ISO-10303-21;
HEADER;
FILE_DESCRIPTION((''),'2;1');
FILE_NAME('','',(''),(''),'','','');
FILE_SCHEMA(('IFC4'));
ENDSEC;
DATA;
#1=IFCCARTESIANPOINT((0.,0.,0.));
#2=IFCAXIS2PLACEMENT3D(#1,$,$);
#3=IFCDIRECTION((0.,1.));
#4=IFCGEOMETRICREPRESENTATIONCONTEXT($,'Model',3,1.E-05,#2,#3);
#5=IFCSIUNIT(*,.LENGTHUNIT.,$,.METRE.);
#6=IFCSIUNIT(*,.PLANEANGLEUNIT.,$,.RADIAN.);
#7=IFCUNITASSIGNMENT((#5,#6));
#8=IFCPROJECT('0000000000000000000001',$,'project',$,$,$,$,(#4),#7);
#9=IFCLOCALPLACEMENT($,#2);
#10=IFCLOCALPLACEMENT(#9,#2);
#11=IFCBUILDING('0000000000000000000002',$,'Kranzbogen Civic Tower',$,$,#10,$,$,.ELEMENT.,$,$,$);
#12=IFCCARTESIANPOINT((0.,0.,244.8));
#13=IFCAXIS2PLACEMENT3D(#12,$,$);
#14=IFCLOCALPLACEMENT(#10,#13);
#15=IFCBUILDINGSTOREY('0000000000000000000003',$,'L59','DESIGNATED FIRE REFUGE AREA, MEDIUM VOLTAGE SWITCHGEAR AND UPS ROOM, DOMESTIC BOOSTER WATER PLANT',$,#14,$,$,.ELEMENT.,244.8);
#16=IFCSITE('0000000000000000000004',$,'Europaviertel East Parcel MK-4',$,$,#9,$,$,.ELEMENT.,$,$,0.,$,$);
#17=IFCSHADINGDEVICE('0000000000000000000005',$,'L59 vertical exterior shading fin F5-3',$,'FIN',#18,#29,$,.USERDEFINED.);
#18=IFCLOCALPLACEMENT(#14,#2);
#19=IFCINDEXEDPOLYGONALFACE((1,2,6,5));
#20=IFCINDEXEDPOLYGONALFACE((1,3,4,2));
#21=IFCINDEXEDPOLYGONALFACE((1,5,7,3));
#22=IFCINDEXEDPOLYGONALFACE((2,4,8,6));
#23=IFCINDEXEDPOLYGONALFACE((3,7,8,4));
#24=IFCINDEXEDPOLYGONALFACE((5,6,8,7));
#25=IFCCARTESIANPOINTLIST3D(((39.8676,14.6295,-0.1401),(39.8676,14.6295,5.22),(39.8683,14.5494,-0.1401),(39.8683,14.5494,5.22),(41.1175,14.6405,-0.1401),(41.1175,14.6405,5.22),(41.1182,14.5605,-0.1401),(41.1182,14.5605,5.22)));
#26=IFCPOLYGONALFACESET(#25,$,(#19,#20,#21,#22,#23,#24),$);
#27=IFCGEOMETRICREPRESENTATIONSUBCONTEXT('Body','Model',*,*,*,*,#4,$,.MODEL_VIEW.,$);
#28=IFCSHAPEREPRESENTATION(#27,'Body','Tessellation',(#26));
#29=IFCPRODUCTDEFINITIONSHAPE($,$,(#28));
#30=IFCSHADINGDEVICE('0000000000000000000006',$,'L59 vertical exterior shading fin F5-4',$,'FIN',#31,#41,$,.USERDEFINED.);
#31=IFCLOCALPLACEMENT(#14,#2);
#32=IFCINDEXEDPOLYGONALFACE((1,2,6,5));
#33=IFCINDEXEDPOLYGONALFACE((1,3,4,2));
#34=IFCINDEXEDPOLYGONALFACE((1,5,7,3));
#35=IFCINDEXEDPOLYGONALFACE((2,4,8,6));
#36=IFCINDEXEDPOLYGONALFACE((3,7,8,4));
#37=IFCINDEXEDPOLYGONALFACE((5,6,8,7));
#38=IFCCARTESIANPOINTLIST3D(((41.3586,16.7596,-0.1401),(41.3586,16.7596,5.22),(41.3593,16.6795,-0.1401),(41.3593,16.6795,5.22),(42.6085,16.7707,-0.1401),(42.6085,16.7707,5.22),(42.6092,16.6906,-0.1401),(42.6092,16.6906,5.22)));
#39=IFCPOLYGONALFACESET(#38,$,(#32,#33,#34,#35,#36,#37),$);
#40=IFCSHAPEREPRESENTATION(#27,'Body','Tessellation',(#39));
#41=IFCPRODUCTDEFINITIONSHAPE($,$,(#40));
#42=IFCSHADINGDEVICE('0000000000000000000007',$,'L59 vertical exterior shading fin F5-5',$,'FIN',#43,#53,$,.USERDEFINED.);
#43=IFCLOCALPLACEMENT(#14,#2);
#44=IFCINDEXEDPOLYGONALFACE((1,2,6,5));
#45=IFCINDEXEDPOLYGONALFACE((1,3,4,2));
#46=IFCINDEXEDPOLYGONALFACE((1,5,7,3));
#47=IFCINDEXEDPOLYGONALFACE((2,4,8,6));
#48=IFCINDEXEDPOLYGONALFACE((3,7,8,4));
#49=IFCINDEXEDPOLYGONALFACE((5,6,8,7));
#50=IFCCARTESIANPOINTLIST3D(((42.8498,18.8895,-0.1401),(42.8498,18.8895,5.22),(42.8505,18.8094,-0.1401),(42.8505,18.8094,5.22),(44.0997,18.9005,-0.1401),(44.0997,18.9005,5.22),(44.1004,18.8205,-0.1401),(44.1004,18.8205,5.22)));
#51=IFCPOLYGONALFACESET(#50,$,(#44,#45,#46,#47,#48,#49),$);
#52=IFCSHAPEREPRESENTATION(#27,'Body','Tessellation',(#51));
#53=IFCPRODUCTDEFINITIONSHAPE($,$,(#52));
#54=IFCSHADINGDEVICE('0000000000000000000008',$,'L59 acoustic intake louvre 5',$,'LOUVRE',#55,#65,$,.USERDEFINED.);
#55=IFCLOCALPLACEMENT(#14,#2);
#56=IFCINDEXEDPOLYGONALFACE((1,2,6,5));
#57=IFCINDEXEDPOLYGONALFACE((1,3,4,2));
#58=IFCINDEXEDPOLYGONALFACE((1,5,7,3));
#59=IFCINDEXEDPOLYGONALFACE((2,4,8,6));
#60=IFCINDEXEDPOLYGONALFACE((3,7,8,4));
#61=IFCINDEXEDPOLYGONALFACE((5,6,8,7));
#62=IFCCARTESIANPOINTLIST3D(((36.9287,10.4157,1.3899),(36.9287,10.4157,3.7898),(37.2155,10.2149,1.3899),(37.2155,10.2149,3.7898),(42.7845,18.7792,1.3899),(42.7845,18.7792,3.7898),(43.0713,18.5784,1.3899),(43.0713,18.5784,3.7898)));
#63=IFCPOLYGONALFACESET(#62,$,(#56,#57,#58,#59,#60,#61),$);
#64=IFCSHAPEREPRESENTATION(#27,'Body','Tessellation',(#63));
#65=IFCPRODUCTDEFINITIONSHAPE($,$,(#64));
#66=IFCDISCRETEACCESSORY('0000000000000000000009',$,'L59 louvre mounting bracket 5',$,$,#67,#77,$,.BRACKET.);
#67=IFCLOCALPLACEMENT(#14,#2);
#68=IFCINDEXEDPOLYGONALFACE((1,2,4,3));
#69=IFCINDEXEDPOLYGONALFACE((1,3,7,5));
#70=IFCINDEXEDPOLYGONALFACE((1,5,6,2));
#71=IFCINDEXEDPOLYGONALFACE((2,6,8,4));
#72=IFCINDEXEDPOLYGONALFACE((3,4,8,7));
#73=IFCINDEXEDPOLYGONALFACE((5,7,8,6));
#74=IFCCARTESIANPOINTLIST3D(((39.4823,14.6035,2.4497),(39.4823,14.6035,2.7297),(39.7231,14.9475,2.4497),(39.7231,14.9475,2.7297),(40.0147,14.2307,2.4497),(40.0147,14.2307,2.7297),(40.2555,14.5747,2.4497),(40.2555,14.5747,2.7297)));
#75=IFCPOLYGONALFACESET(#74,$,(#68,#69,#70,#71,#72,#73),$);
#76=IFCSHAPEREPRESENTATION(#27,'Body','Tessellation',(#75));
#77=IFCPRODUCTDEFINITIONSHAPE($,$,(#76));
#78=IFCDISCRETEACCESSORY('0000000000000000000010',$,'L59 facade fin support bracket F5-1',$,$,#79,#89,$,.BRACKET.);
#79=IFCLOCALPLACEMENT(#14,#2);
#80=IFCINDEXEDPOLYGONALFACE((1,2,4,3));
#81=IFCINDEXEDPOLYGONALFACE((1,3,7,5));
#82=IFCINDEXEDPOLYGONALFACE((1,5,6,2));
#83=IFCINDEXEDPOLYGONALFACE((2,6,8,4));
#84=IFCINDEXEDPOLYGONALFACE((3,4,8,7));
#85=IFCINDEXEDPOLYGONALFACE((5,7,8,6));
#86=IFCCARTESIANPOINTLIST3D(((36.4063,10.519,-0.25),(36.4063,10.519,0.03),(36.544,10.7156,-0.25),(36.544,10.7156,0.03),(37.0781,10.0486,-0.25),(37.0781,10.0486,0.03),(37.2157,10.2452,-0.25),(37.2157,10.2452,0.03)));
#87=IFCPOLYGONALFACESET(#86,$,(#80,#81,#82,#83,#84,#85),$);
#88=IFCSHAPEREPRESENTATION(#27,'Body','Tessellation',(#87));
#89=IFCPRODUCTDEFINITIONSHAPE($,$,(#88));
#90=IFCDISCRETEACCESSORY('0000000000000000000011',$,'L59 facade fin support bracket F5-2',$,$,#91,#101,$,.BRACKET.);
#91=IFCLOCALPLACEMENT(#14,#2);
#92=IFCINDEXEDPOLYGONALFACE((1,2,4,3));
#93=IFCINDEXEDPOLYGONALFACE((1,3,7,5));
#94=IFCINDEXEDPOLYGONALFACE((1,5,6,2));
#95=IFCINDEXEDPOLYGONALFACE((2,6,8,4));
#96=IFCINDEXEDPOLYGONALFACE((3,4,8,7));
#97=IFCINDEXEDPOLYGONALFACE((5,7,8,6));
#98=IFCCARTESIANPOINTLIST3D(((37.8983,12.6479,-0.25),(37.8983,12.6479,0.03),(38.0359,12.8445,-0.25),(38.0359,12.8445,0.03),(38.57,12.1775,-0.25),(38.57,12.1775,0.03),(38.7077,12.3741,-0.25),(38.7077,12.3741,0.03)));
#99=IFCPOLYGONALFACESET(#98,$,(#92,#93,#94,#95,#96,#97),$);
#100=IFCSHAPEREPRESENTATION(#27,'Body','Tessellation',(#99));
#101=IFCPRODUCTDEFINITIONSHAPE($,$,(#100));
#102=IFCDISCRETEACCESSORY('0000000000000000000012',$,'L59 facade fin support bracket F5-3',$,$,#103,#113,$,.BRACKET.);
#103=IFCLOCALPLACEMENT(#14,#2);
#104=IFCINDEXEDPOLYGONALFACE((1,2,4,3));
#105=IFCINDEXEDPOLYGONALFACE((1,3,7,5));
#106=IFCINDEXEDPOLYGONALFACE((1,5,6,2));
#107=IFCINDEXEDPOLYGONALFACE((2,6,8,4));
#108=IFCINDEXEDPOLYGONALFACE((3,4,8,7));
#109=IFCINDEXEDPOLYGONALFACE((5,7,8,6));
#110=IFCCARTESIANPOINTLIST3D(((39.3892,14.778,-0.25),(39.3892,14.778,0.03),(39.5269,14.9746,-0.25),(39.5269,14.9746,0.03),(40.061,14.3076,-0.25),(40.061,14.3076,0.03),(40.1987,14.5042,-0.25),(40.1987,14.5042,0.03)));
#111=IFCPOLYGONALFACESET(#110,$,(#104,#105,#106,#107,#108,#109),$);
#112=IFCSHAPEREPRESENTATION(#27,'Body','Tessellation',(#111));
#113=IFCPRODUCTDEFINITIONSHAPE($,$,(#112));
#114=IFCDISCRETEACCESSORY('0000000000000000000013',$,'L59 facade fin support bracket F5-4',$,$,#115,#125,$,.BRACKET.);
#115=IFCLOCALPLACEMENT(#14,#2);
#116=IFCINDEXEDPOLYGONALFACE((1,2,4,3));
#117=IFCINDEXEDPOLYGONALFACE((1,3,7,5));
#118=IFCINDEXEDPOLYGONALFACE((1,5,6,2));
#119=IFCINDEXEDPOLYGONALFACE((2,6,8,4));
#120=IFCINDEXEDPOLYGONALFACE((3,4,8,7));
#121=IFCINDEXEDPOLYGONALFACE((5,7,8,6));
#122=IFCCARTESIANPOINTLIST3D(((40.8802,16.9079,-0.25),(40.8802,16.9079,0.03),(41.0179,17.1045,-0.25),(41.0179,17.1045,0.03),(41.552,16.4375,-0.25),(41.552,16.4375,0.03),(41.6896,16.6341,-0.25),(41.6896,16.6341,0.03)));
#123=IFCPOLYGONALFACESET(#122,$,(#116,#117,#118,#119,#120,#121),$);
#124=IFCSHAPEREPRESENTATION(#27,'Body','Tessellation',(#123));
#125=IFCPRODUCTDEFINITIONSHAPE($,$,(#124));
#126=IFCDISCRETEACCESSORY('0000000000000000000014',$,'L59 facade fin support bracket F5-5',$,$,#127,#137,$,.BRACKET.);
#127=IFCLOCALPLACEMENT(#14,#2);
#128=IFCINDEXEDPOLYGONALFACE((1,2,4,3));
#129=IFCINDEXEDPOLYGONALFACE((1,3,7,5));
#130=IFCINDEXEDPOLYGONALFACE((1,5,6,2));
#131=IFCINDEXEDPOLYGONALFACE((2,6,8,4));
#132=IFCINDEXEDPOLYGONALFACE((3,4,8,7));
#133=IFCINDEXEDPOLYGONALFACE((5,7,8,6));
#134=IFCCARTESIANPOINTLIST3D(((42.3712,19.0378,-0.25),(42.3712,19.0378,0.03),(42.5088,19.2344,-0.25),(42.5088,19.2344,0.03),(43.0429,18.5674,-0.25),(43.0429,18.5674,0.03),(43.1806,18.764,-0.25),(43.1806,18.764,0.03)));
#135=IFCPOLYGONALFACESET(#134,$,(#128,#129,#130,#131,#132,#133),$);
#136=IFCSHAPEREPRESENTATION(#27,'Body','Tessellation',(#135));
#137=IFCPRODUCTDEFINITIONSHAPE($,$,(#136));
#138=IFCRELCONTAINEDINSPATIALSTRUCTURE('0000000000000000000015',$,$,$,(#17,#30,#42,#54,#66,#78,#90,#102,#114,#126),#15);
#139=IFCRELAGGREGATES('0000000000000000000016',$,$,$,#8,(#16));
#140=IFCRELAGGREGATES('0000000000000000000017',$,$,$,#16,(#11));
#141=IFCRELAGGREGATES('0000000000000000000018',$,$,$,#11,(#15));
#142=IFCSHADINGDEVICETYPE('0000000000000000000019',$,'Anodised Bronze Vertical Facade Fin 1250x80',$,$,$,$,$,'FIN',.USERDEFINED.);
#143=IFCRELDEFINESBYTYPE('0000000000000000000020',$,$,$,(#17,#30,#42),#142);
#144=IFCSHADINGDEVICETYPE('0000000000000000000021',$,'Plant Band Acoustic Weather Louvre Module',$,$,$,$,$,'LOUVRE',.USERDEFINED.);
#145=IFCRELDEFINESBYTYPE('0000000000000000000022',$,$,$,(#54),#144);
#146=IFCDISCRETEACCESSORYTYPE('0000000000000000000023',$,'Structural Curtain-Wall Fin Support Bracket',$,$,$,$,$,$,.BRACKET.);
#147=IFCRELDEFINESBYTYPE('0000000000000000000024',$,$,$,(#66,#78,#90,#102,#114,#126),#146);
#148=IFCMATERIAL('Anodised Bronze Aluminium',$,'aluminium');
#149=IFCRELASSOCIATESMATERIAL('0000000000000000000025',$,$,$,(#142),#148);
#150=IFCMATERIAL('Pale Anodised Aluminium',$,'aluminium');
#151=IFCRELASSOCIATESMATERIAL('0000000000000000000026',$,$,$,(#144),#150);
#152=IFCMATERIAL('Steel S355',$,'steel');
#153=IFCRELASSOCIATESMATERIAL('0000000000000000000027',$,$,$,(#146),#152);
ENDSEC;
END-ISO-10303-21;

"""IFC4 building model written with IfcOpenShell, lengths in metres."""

from ifc_helpers import new_model, si_unit, direction, frame, origin, origin_2d, place, context, subcontext, project, spatial, rectangle, extrude, material, type_object, element, save


model = new_model("IFC4")

# Units and contexts
model_context = context("Model", 3, precision=1e-05, world=origin(), true_north=direction((0.0, 1.0)))
body_context = subcontext(model_context, "Body", "Model", "MODEL_VIEW")
ifc_project = project(units=[si_unit("LENGTHUNIT", "METRE"), si_unit("PLANEANGLEUNIT", "RADIAN")], contexts=[model_context])

# Site, building, storey
site_placement = place(None, origin())
site = spatial("IfcSite", under=ifc_project, at=site_placement, Name="Europaviertel East Parcel MK-4", CompositionType="ELEMENT", RefElevation=0.0)
building_placement = place(site_placement, origin())
building = spatial("IfcBuilding", under=site, at=building_placement, Name="Kranzbogen Civic Tower", CompositionType="ELEMENT")
storey_placement = place(building_placement, frame((0.0, 0.0, 244.8)))
storey = spatial("IfcBuildingStorey", under=building, at=storey_placement, Name="L59", Description="DESIGNATED FIRE REFUGE AREA, MEDIUM VOLTAGE SWITCHGEAR AND UPS ROOM, DOMESTIC BOOSTER WATER PLANT", CompositionType="ELEMENT", Elevation=244.8)

# Shared definitions
ifc_material_1 = material(Name="Steel S355", Category="steel")

# Shared definitions
ifc_material_2 = material(Name="Pale Anodised Aluminium", Category="aluminium")

# Shading devices
ifc_material_3 = material(Name="Anodised Bronze Aluminium", Category="aluminium")
shading_device_type_1 = type_object("IfcShadingDeviceType", Name="Anodised Bronze Vertical Facade Fin 1250x80", ElementType="FIN", PredefinedType="USERDEFINED", material=ifc_material_3)
for number, where, z_axis, x_axis, name in (
    (1, (40.4929, 14.595, -0.1401), (0.0, 0.0, 1.0), (0.999961, 0.008849, 0.0), "L59 vertical exterior shading fin F5-3"),
    (2, (41.9839, 16.7251, -0.1401), (0.0, 0.0, 1.0), (0.999961, 0.008849, 0.0), "L59 vertical exterior shading fin F5-4"),
    (3, (43.4751, 18.855, -0.1401), (0.0, 0.0, 1.0), (0.999961, 0.008849, 0.0), "L59 vertical exterior shading fin F5-5"),
):
    element("IfcShadingDevice", number, at=place(storey_placement, frame(where, z_axis=z_axis, x_axis=x_axis)), inside=storey, type_object=shading_device_type_1, Name=name, ObjectType="FIN", PredefinedType="USERDEFINED", context=body_context, shape_type="SweptSolid", body=[
        extrude(rectangle(XDim=1.25, YDim=0.0801, at=origin_2d()), origin(), (0.0, 0.0, 1.0), 5.3601),
    ])
shading_device_type_2 = type_object("IfcShadingDeviceType", Name="Plant Band Acoustic Weather Louvre Module", ElementType="LOUVRE", PredefinedType="USERDEFINED", material=ifc_material_2)
shading_device_placement = place(storey_placement, frame((40.0, 14.4971, 1.3899), z_axis=(0.0, 0.0, 1.0), x_axis=(0.573548, 0.819172, 0.0)))
element("IfcShadingDevice", 4, at=shading_device_placement, inside=storey, type_object=shading_device_type_2, Name="L59 acoustic intake louvre 5", ObjectType="LOUVRE", PredefinedType="USERDEFINED", context=body_context, shape_type="SweptSolid", body=[
    extrude(rectangle(XDim=10.2097, YDim=0.3501, at=origin_2d()), origin(), (0.0, 0.0, 1.0), 2.3999),
])

# Discrete accessories
discrete_accessory_type = type_object("IfcDiscreteAccessoryType", Name="Structural Curtain-Wall Fin Support Bracket", PredefinedType="BRACKET", material=ifc_material_1)
discrete_accessory_placement = place(storey_placement, frame((39.8689, 14.5891, 2.4497), z_axis=(0.0, 0.0, 1.0), x_axis=(0.819152, -0.573576, 0.0)))
element("IfcDiscreteAccessory", 5, at=discrete_accessory_placement, inside=storey, type_object=discrete_accessory_type, Name="L59 louvre mounting bracket 5", PredefinedType="BRACKET", context=body_context, shape_type="SweptSolid", body=[
    extrude(rectangle(XDim=0.6499, YDim=0.4199, at=origin_2d()), origin(), (0.0, 0.0, 1.0), 0.28),
])
for number, where, z_axis, x_axis, name in (
    (6, (36.811, 10.3821, -0.25), (0.0, 0.0, 1.0), (0.819152, -0.573576, 0.0), "L59 facade fin support bracket F5-1"),
    (7, (38.303, 12.511, -0.25), (0.0, 0.0, 1.0), (0.819152, -0.573576, 0.0), "L59 facade fin support bracket F5-2"),
    (8, (39.7939, 14.6411, -0.25), (0.0, 0.0, 1.0), (0.819152, -0.573576, 0.0), "L59 facade fin support bracket F5-3"),
    (9, (41.2849, 16.771, -0.25), (0.0, 0.0, 1.0), (0.819152, -0.573576, 0.0), "L59 facade fin support bracket F5-4"),
    (10, (42.7759, 18.9009, -0.25), (0.0, 0.0, 1.0), (0.819152, -0.573576, 0.0), "L59 facade fin support bracket F5-5"),
):
    element("IfcDiscreteAccessory", number, at=place(storey_placement, frame(where, z_axis=z_axis, x_axis=x_axis)), inside=storey, type_object=discrete_accessory_type, Name=name, PredefinedType="BRACKET", context=body_context, shape_type="SweptSolid", body=[
        extrude(rectangle(XDim=0.8201, YDim=0.24, at=origin_2d()), origin(), (0.0, 0.0, 1.0), 0.28),
    ])

save(model, "model.ifc")
